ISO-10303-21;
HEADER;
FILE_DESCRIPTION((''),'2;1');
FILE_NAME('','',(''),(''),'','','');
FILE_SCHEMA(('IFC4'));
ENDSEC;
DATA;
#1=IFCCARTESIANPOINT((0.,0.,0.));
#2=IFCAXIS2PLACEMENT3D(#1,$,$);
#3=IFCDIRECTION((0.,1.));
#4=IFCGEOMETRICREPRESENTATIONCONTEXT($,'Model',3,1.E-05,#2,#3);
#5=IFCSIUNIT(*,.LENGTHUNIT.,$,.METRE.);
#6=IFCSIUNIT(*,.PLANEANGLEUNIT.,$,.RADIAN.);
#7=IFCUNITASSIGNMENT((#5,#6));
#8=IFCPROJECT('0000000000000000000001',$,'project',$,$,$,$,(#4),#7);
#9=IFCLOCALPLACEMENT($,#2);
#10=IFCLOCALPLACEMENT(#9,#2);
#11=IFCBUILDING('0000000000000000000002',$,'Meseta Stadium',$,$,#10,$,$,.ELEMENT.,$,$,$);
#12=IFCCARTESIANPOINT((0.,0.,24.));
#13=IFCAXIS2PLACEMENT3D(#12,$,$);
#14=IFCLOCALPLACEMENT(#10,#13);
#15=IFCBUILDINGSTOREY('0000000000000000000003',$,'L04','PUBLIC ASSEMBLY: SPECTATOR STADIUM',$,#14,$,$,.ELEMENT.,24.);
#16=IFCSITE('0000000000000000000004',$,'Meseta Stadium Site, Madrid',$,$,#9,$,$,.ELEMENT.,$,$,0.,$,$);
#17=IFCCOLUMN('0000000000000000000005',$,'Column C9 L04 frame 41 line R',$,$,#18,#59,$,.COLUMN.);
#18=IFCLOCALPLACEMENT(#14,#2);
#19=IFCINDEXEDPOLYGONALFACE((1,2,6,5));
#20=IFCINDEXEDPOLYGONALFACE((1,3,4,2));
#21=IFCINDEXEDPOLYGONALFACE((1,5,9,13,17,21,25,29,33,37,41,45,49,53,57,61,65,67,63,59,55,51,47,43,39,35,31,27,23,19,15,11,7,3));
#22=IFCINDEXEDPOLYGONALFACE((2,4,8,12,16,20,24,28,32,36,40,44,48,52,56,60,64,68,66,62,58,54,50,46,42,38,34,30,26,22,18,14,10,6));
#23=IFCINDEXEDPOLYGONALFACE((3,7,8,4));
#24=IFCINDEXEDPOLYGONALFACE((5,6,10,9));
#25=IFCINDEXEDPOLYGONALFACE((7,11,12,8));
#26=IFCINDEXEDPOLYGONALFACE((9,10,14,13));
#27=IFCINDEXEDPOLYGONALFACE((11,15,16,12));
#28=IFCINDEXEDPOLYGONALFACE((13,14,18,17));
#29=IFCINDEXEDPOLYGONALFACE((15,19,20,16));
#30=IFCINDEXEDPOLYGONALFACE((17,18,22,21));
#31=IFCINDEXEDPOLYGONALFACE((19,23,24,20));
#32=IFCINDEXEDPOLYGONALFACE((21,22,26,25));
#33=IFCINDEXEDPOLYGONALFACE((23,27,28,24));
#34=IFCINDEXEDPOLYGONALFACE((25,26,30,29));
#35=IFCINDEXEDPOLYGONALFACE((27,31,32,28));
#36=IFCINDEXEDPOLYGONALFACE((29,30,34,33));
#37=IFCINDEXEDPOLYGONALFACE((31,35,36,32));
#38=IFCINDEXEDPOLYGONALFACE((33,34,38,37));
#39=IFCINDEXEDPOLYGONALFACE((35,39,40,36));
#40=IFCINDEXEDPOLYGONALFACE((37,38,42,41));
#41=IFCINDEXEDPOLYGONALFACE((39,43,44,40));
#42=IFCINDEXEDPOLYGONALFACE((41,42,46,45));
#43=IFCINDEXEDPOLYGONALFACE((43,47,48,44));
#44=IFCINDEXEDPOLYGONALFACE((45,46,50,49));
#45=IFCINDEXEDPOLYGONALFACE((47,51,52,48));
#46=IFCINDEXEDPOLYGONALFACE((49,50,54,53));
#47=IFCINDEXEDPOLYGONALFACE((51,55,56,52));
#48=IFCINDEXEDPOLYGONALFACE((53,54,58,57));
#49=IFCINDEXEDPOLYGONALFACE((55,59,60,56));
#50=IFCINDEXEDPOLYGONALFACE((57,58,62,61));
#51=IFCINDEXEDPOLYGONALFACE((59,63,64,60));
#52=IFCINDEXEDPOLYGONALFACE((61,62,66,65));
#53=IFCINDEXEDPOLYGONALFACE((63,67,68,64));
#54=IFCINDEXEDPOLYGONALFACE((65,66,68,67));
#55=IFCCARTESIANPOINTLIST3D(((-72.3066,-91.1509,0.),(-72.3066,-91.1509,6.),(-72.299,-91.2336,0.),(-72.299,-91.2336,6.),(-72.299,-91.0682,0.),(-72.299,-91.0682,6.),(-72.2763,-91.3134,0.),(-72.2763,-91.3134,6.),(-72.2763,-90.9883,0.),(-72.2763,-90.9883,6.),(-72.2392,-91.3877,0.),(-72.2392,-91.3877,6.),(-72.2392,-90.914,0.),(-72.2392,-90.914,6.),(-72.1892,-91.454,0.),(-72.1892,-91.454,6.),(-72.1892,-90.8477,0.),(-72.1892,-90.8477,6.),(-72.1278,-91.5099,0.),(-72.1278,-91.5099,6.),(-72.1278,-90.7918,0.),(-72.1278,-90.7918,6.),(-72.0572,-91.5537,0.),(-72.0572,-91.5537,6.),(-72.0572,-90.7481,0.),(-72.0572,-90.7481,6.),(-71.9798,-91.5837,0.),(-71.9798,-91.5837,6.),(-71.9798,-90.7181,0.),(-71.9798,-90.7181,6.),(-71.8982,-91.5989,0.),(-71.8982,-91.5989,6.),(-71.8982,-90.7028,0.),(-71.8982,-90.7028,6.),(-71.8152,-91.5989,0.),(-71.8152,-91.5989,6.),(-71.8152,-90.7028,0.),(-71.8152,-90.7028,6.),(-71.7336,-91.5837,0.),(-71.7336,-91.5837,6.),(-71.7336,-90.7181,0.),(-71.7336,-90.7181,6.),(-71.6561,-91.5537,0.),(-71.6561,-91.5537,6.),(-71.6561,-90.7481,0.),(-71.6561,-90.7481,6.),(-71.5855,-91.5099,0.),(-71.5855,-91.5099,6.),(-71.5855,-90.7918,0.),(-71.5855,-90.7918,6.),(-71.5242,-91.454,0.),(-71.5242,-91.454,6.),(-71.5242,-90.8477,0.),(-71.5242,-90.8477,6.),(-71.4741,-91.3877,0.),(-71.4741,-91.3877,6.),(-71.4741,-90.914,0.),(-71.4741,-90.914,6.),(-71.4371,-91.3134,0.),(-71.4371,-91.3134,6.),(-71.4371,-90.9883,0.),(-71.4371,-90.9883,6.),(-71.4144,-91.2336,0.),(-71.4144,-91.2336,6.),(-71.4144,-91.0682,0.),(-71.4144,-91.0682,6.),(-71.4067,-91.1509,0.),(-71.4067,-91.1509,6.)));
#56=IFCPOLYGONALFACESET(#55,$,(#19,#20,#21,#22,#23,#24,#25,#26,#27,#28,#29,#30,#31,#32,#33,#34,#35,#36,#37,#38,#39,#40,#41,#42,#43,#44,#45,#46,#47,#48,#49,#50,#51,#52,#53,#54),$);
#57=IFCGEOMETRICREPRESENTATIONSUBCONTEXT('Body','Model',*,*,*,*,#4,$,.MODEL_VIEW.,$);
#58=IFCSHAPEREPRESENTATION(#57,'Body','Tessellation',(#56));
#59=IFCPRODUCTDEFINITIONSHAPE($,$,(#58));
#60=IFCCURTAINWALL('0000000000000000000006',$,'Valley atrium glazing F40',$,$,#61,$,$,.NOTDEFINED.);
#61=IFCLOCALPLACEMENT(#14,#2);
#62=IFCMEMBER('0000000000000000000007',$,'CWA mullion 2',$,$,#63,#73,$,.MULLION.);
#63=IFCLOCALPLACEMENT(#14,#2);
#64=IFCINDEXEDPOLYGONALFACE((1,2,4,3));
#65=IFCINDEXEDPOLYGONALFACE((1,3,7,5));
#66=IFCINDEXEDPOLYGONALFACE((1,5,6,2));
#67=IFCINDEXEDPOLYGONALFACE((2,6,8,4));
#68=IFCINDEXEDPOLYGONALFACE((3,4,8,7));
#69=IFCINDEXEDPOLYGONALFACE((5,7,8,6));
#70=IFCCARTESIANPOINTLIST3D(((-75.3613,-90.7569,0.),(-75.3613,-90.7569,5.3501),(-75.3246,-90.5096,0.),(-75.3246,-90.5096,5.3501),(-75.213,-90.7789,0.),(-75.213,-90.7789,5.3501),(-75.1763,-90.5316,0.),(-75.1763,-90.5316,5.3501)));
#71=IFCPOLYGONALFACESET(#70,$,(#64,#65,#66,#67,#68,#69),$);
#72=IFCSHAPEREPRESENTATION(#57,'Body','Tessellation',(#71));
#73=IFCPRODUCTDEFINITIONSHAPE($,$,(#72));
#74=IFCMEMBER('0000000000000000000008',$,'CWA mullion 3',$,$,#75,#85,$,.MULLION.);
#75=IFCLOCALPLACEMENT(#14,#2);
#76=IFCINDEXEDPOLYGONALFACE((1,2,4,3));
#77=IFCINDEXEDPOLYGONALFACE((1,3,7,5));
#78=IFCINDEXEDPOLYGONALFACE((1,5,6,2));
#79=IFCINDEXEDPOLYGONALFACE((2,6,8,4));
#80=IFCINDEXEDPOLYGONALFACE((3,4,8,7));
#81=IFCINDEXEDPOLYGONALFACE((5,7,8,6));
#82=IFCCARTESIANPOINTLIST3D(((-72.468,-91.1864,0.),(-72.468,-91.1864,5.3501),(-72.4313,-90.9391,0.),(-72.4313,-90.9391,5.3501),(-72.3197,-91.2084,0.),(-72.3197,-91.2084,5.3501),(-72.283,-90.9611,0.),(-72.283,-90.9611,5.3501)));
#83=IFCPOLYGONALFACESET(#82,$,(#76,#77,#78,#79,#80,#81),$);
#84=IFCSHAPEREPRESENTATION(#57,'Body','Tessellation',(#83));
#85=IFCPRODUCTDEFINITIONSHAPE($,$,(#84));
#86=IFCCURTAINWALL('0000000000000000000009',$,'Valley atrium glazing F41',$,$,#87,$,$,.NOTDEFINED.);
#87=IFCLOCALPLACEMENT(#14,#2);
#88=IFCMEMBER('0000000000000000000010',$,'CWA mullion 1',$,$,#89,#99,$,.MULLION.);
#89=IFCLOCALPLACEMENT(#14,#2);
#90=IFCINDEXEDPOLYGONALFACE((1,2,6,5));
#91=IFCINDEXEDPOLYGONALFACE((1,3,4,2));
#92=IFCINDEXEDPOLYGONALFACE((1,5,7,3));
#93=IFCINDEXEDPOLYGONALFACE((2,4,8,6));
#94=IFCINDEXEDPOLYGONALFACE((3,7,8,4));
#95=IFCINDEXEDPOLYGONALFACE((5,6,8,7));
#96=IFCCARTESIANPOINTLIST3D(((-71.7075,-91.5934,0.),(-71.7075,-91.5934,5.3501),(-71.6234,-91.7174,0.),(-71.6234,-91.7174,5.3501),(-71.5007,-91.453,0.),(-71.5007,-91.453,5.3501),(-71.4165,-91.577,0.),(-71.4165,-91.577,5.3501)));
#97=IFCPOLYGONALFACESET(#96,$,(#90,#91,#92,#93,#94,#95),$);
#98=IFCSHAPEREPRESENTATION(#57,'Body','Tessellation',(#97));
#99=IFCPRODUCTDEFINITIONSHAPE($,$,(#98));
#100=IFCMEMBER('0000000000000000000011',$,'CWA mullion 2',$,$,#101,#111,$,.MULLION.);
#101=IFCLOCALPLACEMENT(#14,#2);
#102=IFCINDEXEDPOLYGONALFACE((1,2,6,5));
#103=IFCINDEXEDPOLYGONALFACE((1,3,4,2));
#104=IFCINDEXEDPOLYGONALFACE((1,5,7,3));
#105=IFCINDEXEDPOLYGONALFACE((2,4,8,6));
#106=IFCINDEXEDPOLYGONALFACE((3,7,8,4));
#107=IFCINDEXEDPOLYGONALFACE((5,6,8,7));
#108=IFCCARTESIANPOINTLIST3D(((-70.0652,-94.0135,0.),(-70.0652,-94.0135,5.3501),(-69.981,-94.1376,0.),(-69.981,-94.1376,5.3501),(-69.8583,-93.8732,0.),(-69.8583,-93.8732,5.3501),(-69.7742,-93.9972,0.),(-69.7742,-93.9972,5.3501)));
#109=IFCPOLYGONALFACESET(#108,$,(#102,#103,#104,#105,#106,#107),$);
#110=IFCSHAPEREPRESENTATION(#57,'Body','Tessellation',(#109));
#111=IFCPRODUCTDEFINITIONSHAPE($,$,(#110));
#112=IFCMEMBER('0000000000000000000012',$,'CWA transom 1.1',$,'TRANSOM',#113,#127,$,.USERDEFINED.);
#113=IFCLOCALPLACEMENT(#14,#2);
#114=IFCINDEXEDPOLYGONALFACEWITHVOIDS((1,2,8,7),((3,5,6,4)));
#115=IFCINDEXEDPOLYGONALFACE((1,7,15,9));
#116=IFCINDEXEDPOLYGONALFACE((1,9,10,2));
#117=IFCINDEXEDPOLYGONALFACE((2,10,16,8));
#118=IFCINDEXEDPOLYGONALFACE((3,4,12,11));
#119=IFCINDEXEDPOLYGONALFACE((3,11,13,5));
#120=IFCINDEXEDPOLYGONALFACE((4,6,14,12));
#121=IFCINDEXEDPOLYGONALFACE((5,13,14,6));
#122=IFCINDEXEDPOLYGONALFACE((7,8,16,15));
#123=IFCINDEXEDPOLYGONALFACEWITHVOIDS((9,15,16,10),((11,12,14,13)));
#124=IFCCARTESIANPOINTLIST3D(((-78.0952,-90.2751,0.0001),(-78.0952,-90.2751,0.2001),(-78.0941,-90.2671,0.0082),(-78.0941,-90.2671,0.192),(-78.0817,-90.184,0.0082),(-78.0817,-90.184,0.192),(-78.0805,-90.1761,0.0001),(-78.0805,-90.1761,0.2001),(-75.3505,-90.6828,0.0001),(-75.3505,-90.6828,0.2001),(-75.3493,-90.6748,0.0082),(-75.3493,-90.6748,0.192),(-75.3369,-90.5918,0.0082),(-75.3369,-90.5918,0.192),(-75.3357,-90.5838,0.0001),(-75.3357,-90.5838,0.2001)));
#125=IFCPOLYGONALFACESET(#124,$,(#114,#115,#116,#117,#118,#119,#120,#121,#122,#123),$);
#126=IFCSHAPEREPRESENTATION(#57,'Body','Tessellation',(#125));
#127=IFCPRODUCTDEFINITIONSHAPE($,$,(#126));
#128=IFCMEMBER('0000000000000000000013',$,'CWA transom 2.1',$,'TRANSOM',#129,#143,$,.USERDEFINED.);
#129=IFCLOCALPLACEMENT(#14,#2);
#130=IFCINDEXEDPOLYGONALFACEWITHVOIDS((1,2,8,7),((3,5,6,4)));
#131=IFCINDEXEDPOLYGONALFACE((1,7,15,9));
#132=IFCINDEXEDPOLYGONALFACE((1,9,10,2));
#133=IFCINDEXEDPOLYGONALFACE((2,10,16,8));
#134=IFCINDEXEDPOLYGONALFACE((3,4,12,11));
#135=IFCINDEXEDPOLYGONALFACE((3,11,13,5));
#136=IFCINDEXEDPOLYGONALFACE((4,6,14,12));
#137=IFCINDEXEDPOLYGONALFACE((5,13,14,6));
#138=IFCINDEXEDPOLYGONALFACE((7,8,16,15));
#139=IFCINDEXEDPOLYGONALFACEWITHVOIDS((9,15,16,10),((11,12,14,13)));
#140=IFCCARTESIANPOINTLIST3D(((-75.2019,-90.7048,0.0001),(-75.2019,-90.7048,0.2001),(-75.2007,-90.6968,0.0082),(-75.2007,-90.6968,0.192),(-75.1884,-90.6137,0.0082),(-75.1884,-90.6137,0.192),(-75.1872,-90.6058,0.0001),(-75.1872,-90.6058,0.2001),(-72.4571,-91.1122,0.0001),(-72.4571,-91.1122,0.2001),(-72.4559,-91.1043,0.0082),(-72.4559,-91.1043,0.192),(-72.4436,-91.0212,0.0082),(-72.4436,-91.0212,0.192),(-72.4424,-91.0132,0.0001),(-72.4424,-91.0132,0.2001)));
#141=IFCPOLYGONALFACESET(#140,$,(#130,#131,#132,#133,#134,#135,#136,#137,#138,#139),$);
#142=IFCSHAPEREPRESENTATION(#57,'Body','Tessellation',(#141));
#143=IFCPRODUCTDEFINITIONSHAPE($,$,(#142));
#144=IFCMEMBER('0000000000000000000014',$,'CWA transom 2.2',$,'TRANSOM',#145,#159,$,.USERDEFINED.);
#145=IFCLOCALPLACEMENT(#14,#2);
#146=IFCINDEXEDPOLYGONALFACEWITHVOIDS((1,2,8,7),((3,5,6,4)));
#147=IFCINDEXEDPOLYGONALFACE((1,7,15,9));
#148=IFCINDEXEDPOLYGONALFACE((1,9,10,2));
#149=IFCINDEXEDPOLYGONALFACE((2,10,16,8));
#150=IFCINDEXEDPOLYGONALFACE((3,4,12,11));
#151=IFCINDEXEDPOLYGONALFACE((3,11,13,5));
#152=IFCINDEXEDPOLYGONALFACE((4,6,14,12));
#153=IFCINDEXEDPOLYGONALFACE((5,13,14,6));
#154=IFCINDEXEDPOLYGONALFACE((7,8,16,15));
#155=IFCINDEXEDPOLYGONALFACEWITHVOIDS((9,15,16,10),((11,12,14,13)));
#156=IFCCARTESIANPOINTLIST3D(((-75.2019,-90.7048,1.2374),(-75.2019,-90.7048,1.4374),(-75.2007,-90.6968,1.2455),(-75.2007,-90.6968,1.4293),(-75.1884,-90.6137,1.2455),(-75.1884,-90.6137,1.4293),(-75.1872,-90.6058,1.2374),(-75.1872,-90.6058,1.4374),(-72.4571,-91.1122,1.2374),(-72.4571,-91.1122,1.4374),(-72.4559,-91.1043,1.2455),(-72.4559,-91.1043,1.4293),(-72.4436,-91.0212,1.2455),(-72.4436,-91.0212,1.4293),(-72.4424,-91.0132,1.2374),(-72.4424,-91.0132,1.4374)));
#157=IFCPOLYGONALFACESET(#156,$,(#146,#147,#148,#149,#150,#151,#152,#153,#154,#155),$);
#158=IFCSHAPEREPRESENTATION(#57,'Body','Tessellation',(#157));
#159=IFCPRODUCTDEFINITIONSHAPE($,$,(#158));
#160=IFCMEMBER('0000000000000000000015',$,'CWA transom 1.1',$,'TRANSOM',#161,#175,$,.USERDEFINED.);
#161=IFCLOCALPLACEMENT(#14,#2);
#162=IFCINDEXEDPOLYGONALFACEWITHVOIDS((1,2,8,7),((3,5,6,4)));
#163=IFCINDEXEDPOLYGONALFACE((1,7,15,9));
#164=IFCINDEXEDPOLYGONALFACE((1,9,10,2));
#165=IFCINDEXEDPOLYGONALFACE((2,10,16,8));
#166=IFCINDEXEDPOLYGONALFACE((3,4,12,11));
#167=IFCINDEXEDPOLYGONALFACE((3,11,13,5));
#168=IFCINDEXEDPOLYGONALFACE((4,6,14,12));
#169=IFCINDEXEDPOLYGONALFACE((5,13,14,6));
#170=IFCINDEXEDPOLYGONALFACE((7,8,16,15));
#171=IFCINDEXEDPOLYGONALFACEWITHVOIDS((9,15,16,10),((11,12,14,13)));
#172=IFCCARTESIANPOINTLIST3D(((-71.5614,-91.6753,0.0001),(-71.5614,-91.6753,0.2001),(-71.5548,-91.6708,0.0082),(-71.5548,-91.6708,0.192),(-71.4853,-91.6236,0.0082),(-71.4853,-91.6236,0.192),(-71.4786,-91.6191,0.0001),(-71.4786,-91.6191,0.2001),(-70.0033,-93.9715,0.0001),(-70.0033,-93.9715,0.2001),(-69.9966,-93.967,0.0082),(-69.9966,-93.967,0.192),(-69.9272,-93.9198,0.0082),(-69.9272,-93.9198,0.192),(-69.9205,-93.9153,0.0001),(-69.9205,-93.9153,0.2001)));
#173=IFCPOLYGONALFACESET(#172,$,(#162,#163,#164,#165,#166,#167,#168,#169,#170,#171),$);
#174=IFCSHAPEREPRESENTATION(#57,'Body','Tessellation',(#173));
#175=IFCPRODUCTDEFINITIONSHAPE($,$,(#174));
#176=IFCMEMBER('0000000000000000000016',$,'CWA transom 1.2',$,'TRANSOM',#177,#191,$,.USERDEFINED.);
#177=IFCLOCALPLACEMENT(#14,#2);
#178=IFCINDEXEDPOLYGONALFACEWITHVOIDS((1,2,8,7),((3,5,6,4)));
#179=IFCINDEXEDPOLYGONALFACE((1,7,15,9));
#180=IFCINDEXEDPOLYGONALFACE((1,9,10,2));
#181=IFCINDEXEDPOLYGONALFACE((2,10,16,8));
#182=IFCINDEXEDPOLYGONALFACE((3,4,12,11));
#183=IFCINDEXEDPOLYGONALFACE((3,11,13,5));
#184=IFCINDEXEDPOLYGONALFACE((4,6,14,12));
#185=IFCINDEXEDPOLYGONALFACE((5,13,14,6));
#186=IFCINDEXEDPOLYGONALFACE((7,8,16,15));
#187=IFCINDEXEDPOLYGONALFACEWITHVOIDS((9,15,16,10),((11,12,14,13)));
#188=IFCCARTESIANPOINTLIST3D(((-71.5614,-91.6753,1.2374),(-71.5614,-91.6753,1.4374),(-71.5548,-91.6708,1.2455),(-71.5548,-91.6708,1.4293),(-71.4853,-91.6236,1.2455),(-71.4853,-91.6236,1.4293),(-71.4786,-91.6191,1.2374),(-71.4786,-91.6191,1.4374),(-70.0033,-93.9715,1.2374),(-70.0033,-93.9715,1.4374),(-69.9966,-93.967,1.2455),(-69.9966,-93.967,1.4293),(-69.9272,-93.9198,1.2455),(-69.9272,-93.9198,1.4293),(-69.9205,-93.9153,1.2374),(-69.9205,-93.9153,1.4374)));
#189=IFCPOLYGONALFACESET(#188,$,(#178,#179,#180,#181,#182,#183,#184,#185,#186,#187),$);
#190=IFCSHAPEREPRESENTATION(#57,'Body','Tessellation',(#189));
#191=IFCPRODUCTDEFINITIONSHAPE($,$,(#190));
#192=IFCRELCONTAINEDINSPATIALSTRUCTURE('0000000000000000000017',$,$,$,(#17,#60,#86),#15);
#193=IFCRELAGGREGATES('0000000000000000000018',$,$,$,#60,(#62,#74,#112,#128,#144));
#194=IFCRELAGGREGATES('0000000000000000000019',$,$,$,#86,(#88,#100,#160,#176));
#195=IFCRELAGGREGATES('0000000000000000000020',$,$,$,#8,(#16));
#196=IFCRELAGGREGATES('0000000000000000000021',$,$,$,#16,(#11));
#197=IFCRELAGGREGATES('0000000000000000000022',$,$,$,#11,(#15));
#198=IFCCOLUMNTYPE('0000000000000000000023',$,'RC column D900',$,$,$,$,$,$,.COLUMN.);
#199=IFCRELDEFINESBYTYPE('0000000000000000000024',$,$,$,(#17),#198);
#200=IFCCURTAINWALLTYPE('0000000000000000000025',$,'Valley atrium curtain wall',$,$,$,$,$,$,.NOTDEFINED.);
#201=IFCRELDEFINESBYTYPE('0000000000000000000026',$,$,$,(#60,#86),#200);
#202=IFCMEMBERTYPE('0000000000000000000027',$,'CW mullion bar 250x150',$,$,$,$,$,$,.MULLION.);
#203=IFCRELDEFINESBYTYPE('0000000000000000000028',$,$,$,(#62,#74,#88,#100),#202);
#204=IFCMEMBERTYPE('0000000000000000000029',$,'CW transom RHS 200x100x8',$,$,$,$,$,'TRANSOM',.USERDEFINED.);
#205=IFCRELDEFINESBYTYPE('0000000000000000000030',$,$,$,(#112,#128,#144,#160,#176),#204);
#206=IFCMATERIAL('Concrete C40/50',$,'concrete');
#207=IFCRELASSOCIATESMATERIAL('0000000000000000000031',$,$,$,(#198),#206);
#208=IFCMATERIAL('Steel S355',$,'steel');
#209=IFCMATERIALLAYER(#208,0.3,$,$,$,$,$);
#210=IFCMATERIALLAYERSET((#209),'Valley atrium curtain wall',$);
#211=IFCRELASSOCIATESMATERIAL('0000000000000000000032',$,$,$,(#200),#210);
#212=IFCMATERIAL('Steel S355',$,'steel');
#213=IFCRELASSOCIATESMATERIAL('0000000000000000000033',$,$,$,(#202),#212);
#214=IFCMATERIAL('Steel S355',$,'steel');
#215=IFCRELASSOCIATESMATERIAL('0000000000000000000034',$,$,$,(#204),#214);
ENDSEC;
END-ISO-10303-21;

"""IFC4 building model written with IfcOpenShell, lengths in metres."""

from ifc_helpers import new_model, si_unit, direction, frame, origin, origin_2d, place, context, subcontext, project, spatial, rectangle, hollow_rectangle, circle, extrude, material, layer, layer_set, material_profile, profile_set, type_object, element, aggregate, save


model = new_model("IFC4")

# Units and contexts
model_context = context("Model", 3, precision=1e-05, world=origin(), true_north=direction((0.0, 1.0)))
body_context = subcontext(model_context, "Body", "Model", "MODEL_VIEW")
ifc_project = project(units=[si_unit("LENGTHUNIT", "METRE"), si_unit("PLANEANGLEUNIT", "RADIAN")], contexts=[model_context])

# Site, building, storey
site_placement = place(None, origin())
site = spatial("IfcSite", under=ifc_project, at=site_placement, Name="Meseta Stadium Site, Madrid", CompositionType="ELEMENT", RefElevation=0.0)
building_placement = place(site_placement, origin())
building = spatial("IfcBuilding", under=site, at=building_placement, Name="Meseta Stadium", CompositionType="ELEMENT")
storey_placement = place(building_placement, frame((0.0, 0.0, 24.0)))
storey = spatial("IfcBuildingStorey", under=building, at=storey_placement, Name="L04", Description="PUBLIC ASSEMBLY: SPECTATOR STADIUM", CompositionType="ELEMENT", Elevation=24.0)

# Column
ifc_material_1 = material(Name="Concrete C40/50", Category="concrete")
ifc_material_profile_1 = material_profile(ifc_material_1, circle(Radius=0.45, at=origin_2d()), Name="RC D900")
ifc_profile_set_1 = profile_set([ifc_material_profile_1], Name="Concrete C40/50")
column_type = type_object("IfcColumnType", Name="RC column D900", PredefinedType="COLUMN", material=ifc_profile_set_1)
column_placement = place(storey_placement, frame((-71.8567, -91.1509, 0.0), z_axis=(0.0, 0.0, 1.0), x_axis=(1.0, 0.0, 0.0)))
element("IfcColumn", 1, at=column_placement, inside=storey, type_object=column_type, Name="Column C9 L04 frame 41 line R", PredefinedType="COLUMN", context=body_context, shape_type="SweptSolid", body=[
    extrude(circle(Radius=0.45, at=origin_2d()), origin(), (0.0, 0.0, 1.0), 6.0),
])

# Curtain walls, members
ifc_material_2 = material(Name="Steel S355", Category="steel")
ifc_layer_1 = layer(ifc_material_2, 0.3)
ifc_layer_set_1 = layer_set([ifc_layer_1], Name="Valley atrium curtain wall")
curtain_wall_type = type_object("IfcCurtainWallType", Name="Valley atrium curtain wall", PredefinedType="NOTDEFINED", material=ifc_layer_set_1)
curtain_wall_1_placement = place(storey_placement, origin())
curtain_wall_1 = element("IfcCurtainWall", 2, at=curtain_wall_1_placement, inside=storey, type_object=curtain_wall_type, Name="Valley atrium glazing F40", PredefinedType="NOTDEFINED")
ifc_material_3 = material(Name="Steel S355", Category="steel")
ifc_material_profile_2 = material_profile(ifc_material_3, rectangle(XDim=0.25, YDim=0.1499, at=origin_2d()), Name="CW 250x150")
ifc_profile_set_2 = profile_set([ifc_material_profile_2], Name="Steel S355")
member_type_1 = type_object("IfcMemberType", Name="CW mullion bar 250x150", PredefinedType="MULLION", material=ifc_profile_set_2)
member_1_placement = place(storey_placement, frame((-75.2688, -90.6443, 0.0), z_axis=(0.0, 0.0, 1.0), x_axis=(0.146854, 0.989158, 0.0)))
member_1 = element("IfcMember", 3, at=member_1_placement, type_object=member_type_1, Name="CWA mullion 2", PredefinedType="MULLION", context=body_context, shape_type="SweptSolid", body=[
    extrude(rectangle(XDim=0.25, YDim=0.1499, at=origin_2d()), origin(), (0.0, 0.0, 1.0), 5.3501),
])
member_2_placement = place(storey_placement, frame((-72.3755, -91.0737, 0.0), z_axis=(0.0, 0.0, 1.0), x_axis=(0.146854, 0.989158, 0.0)))
member_2 = element("IfcMember", 4, at=member_2_placement, type_object=member_type_1, Name="CWA mullion 3", PredefinedType="MULLION", context=body_context, shape_type="SweptSolid", body=[
    extrude(rectangle(XDim=0.25, YDim=0.1499, at=origin_2d()), origin(), (0.0, 0.0, 1.0), 5.3501),
])
curtain_wall_2_placement = place(storey_placement, origin())
curtain_wall_2 = element("IfcCurtainWall", 5, at=curtain_wall_2_placement, inside=storey, type_object=curtain_wall_type, Name="Valley atrium glazing F41", PredefinedType="NOTDEFINED")
member_3_placement = place(storey_placement, frame((-71.562, -91.5852, 0.0), z_axis=(0.0, 0.0, 1.0), x_axis=(0.827483, 0.56149, 0.0)))
member_3 = element("IfcMember", 6, at=member_3_placement, type_object=member_type_1, Name="CWA mullion 1", PredefinedType="MULLION", context=body_context, shape_type="SweptSolid", body=[
    extrude(rectangle(XDim=0.25, YDim=0.1499, at=origin_2d()), origin(), (0.0, 0.0, 1.0), 5.3501),
])
member_4_placement = place(storey_placement, frame((-69.9197, -94.0054, 0.0), z_axis=(0.0, 0.0, 1.0), x_axis=(0.827483, 0.56149, 0.0)))
member_4 = element("IfcMember", 7, at=member_4_placement, type_object=member_type_1, Name="CWA mullion 2", PredefinedType="MULLION", context=body_context, shape_type="SweptSolid", body=[
    extrude(rectangle(XDim=0.25, YDim=0.1499, at=origin_2d()), origin(), (0.0, 0.0, 1.0), 5.3501),
])

# Members
ifc_material_4 = material(Name="Steel S355", Category="steel")
ifc_material_profile_3 = material_profile(ifc_material_4, hollow_rectangle(XDim=0.1001, YDim=0.2, WallThickness=0.0081, at=origin_2d()), Name="RHS 200x100x8")
ifc_profile_set_3 = profile_set([ifc_material_profile_3], Name="Steel S355")
member_type_2 = type_object("IfcMemberType", Name="CW transom RHS 200x100x8", ElementType="TRANSOM", PredefinedType="USERDEFINED", material=ifc_profile_set_3)
member_5_placement = place(storey_placement, frame((-78.0879, -90.2256, 0.1001), z_axis=(0.989148, -0.146925, 0.0), x_axis=(0.146925, 0.989148, 0.0)))
member_5 = element("IfcMember", 8, at=member_5_placement, type_object=member_type_2, Name="CWA transom 1.1", ObjectType="TRANSOM", PredefinedType="USERDEFINED", context=body_context, shape_type="SweptSolid", body=[
    extrude(hollow_rectangle(XDim=0.1001, YDim=0.2, WallThickness=0.0081, at=origin_2d()), origin(), (0.0, 0.0, 1.0), 2.7749),
])
member_6_placement = place(storey_placement, frame((-75.1946, -90.6553, 0.1001), z_axis=(0.98916, -0.146839, 0.0), x_axis=(0.146839, 0.98916, 0.0)))
member_6 = element("IfcMember", 9, at=member_6_placement, type_object=member_type_2, Name="CWA transom 2.1", ObjectType="TRANSOM", PredefinedType="USERDEFINED", context=body_context, shape_type="SweptSolid", body=[
    extrude(hollow_rectangle(XDim=0.1001, YDim=0.2, WallThickness=0.0081, at=origin_2d()), origin(), (0.0, 0.0, 1.0), 2.7749),
])
member_7_placement = place(storey_placement, frame((-75.1946, -90.6553, 1.3374), z_axis=(0.98916, -0.146839, 0.0), x_axis=(0.146839, 0.98916, 0.0)))
member_7 = element("IfcMember", 10, at=member_7_placement, type_object=member_type_2, Name="CWA transom 2.2", ObjectType="TRANSOM", PredefinedType="USERDEFINED", context=body_context, shape_type="SweptSolid", body=[
    extrude(hollow_rectangle(XDim=0.1001, YDim=0.2, WallThickness=0.0081, at=origin_2d()), origin(), (0.0, 0.0, 1.0), 2.7749),
])
member_8_placement = place(storey_placement, frame((-71.52, -91.6472, 0.1001), z_axis=(0.561504, -0.827474, 0.0), x_axis=(0.827474, 0.561504, 0.0)))
member_8 = element("IfcMember", 11, at=member_8_placement, type_object=member_type_2, Name="CWA transom 1.1", ObjectType="TRANSOM", PredefinedType="USERDEFINED", context=body_context, shape_type="SweptSolid", body=[
    extrude(hollow_rectangle(XDim=0.1001, YDim=0.2, WallThickness=0.0081, at=origin_2d()), origin(), (0.0, 0.0, 1.0), 2.7749),
])
member_9_placement = place(storey_placement, frame((-71.52, -91.6472, 1.3374), z_axis=(0.561504, -0.827474, 0.0), x_axis=(0.827474, 0.561504, 0.0)))
member_9 = element("IfcMember", 12, at=member_9_placement, type_object=member_type_2, Name="CWA transom 1.2", ObjectType="TRANSOM", PredefinedType="USERDEFINED", context=body_context, shape_type="SweptSolid", body=[
    extrude(hollow_rectangle(XDim=0.1001, YDim=0.2, WallThickness=0.0081, at=origin_2d()), origin(), (0.0, 0.0, 1.0), 2.7749),
])

aggregate(curtain_wall_1, [member_1, member_2, member_5, member_6, member_7])
aggregate(curtain_wall_2, [member_3, member_4, member_8, member_9])

save(model, "model.ifc")
